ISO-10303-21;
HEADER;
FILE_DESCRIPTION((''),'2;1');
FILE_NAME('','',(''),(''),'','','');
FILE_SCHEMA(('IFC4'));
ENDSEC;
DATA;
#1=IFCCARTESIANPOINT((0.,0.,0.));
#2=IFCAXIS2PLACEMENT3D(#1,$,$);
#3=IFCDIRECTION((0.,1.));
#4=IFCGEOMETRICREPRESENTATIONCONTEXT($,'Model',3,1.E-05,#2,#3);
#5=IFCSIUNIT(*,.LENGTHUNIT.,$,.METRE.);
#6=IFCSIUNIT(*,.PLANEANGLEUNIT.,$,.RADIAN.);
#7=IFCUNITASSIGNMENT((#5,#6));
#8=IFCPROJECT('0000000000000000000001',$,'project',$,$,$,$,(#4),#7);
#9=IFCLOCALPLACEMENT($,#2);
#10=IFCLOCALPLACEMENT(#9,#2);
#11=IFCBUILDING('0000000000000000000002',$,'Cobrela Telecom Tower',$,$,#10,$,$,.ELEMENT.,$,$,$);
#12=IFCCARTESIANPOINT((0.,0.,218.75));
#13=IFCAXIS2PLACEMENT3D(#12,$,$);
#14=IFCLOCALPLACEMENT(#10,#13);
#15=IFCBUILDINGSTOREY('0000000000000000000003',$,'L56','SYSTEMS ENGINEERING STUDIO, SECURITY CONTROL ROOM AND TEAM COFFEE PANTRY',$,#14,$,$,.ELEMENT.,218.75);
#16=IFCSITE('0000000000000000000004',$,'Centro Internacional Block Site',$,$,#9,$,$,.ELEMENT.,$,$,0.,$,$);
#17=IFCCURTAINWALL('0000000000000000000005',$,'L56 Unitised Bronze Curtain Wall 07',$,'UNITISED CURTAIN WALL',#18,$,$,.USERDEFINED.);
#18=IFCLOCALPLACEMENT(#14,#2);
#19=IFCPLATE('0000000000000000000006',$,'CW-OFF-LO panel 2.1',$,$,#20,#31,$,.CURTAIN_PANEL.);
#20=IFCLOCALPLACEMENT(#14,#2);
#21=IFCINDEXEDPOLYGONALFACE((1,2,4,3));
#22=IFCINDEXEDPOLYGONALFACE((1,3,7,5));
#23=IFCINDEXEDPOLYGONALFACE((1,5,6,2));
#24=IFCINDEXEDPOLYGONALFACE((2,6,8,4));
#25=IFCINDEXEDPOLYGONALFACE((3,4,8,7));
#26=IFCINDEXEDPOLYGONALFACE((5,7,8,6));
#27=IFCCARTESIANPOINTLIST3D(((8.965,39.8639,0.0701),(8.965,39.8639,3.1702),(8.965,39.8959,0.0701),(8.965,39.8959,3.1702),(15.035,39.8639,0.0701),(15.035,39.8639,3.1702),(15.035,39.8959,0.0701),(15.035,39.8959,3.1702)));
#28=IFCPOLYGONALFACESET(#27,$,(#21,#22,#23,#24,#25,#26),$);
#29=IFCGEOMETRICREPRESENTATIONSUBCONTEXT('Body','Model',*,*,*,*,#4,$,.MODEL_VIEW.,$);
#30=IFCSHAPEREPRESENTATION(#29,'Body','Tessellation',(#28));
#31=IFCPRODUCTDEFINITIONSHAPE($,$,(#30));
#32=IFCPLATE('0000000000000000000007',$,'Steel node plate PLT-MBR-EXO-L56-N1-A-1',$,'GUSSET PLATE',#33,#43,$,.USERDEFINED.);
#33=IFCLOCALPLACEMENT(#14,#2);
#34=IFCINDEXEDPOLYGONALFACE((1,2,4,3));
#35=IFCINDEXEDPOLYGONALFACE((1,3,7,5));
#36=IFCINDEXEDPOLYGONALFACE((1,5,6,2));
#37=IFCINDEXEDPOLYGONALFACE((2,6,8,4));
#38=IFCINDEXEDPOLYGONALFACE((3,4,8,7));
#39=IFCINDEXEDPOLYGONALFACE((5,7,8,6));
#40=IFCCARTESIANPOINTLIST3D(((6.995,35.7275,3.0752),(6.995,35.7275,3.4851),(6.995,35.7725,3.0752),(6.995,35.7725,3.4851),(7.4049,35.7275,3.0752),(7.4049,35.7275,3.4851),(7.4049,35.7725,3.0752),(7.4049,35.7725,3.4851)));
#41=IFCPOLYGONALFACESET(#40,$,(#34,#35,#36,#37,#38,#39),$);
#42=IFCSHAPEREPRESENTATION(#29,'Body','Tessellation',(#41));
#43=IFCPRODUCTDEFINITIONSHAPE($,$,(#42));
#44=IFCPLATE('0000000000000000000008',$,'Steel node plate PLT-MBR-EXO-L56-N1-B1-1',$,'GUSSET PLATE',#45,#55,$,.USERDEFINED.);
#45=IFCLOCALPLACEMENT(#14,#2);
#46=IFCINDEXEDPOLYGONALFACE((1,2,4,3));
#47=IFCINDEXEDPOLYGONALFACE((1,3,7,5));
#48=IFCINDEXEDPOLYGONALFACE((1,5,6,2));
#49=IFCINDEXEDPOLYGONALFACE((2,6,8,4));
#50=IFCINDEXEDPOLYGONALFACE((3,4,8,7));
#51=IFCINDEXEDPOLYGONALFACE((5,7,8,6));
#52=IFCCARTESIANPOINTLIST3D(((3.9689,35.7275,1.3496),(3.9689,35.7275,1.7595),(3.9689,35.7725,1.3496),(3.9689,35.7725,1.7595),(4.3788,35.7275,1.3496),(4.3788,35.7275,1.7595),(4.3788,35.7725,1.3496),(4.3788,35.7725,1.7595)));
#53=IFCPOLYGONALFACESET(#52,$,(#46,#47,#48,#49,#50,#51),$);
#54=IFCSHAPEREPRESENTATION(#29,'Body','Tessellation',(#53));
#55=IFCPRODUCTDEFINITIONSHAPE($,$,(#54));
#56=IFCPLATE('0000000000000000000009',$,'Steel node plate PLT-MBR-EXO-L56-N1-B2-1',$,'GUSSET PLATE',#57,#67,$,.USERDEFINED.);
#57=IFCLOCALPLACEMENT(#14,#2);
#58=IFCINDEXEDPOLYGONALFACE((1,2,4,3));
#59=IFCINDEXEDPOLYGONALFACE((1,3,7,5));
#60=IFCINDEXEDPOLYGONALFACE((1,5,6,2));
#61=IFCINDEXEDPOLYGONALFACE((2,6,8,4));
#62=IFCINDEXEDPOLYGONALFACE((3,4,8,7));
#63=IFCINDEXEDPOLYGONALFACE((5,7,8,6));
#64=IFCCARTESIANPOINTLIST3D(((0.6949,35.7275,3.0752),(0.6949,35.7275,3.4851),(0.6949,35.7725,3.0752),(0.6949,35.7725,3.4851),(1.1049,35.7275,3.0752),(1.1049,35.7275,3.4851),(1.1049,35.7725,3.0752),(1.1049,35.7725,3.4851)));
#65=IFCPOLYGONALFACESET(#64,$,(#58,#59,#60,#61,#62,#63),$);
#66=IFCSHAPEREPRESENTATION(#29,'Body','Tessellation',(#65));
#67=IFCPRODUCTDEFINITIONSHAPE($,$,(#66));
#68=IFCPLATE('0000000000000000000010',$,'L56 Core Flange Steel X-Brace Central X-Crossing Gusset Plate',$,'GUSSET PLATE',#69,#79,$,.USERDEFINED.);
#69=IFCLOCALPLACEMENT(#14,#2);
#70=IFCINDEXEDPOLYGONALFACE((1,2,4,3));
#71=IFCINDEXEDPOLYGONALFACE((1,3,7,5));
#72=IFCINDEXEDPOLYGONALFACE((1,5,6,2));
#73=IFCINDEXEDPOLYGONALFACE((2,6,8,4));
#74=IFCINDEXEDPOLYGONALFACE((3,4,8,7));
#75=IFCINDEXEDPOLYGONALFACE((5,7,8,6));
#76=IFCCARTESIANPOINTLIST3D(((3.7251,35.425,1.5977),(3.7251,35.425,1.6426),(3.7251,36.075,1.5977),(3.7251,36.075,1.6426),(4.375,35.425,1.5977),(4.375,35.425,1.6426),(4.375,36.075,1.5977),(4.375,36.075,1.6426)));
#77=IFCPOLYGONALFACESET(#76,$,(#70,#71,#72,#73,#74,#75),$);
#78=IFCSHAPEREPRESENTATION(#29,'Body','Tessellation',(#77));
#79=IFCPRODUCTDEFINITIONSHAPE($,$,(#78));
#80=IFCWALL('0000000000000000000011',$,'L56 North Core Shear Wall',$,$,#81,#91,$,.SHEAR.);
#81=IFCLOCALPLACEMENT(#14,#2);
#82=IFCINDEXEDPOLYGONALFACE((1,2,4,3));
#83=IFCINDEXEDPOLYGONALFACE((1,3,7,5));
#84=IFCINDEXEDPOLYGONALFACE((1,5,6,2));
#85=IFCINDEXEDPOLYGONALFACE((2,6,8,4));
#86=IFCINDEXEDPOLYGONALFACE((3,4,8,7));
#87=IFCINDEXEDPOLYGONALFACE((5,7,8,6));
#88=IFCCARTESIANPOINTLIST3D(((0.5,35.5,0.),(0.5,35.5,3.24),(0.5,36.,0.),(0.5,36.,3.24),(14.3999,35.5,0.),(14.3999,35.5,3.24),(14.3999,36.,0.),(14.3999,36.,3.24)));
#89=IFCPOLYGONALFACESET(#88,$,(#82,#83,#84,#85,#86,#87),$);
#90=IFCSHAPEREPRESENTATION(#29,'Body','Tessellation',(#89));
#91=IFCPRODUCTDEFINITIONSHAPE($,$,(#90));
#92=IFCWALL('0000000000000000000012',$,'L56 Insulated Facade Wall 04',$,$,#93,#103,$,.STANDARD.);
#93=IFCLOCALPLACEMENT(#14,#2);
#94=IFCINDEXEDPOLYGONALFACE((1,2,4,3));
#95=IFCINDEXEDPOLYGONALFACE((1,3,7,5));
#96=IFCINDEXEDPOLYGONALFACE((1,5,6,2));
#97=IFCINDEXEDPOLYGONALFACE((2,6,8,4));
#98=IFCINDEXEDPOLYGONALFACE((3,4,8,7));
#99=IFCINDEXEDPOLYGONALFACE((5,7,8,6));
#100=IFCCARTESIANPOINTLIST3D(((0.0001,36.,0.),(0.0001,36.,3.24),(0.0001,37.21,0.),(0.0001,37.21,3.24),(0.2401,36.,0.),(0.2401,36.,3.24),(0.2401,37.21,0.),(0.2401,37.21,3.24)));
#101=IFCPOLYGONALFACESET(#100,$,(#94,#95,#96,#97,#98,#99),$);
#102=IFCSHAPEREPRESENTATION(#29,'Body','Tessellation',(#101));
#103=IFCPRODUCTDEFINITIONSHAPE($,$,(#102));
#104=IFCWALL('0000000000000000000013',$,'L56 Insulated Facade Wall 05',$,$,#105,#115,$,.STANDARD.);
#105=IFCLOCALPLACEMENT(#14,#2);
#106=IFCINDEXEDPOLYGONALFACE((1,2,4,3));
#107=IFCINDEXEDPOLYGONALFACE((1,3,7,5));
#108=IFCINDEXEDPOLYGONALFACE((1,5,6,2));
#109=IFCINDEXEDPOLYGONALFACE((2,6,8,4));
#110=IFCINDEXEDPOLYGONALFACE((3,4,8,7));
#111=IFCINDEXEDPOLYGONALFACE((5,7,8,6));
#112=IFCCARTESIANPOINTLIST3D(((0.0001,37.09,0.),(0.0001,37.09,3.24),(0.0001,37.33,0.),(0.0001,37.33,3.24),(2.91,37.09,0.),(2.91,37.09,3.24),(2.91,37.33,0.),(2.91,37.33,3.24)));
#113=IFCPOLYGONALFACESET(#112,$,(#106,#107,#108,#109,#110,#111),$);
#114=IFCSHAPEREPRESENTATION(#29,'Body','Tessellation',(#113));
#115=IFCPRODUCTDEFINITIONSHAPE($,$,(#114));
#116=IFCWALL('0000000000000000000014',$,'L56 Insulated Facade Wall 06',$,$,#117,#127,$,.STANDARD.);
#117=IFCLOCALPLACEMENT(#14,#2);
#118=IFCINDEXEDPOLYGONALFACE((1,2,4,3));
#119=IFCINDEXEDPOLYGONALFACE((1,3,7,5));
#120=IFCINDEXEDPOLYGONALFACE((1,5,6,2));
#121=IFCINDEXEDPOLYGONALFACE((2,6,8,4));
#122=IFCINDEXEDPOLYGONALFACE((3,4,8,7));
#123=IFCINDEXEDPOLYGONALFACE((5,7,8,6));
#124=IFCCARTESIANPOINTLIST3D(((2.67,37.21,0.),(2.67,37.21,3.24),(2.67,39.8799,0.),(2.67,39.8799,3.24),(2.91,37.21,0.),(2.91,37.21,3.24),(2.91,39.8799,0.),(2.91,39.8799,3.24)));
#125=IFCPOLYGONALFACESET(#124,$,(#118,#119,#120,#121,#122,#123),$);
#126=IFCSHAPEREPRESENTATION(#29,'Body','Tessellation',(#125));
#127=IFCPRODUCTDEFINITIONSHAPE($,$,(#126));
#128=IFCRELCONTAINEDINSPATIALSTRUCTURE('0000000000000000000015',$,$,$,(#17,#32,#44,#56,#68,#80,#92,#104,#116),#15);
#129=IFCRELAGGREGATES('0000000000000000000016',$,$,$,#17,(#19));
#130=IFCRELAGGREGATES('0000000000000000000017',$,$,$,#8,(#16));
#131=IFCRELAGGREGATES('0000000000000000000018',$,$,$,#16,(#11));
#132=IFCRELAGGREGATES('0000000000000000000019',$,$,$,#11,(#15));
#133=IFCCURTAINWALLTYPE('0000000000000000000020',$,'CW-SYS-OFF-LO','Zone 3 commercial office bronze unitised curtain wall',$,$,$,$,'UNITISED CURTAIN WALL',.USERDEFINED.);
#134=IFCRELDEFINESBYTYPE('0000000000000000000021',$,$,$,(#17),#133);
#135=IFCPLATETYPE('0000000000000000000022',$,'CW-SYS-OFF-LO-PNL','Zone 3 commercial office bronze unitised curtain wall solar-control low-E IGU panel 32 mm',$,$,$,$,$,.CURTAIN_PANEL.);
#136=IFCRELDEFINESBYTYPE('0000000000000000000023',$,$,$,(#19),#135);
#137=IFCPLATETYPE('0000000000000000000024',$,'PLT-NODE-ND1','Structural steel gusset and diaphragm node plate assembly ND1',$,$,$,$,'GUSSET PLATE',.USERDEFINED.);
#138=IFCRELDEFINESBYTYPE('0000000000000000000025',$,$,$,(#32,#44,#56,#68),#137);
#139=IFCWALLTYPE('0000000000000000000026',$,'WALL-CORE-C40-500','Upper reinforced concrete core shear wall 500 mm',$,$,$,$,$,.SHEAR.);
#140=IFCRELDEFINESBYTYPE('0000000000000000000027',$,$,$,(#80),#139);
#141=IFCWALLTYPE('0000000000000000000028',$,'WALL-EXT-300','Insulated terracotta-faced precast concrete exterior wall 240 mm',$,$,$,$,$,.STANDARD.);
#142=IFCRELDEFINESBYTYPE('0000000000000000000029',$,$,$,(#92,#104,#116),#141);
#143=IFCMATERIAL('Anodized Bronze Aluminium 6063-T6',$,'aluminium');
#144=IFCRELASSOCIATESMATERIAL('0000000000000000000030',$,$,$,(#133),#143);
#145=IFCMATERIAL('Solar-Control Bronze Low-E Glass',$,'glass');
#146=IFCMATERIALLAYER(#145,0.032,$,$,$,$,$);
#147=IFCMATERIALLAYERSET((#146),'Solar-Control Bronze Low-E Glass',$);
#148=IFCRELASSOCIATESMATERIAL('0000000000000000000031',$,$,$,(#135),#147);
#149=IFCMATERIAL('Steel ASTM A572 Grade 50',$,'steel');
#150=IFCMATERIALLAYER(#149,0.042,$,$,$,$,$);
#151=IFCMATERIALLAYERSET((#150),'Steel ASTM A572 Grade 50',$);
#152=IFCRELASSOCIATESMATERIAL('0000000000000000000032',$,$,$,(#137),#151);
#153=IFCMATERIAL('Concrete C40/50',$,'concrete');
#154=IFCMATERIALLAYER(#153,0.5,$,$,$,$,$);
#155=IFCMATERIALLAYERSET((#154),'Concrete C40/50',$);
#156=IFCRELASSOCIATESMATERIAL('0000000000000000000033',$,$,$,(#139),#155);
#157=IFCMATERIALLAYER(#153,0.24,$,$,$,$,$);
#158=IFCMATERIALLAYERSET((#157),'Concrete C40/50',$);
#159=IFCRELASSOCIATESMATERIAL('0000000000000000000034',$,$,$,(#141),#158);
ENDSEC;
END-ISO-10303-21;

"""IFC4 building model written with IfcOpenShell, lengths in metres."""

from ifc_helpers import new_model, si_unit, direction, frame, frame_2d, origin, origin_2d, place, context, subcontext, project, spatial, rectangle, extrude, material, layer, layer_set, type_object, element, aggregate, save


model = new_model("IFC4")

# Units and contexts
model_context = context("Model", 3, precision=1e-05, world=origin(), true_north=direction((0.0, 1.0)))
body_context = subcontext(model_context, "Body", "Model", "MODEL_VIEW")
ifc_project = project(units=[si_unit("LENGTHUNIT", "METRE"), si_unit("PLANEANGLEUNIT", "RADIAN")], contexts=[model_context])

# Site, building, storey
site_placement = place(None, origin())
site = spatial("IfcSite", under=ifc_project, at=site_placement, Name="Centro Internacional Block Site", CompositionType="ELEMENT", RefElevation=0.0)
building_placement = place(site_placement, origin())
building = spatial("IfcBuilding", under=site, at=building_placement, Name="Cobrela Telecom Tower", CompositionType="ELEMENT")
storey_placement = place(building_placement, frame((0.0, 0.0, 218.75)))
storey = spatial("IfcBuildingStorey", under=building, at=storey_placement, Name="L56", Description="SYSTEMS ENGINEERING STUDIO, SECURITY CONTROL ROOM AND TEAM COFFEE PANTRY", CompositionType="ELEMENT", Elevation=218.75)

# Shared definitions
ifc_material_1 = material(Name="Steel ASTM A572 Grade 50", Category="steel")

# Curtain wall
ifc_material_2 = material(Name="Anodized Bronze Aluminium 6063-T6", Category="aluminium")
curtain_wall_type = type_object("IfcCurtainWallType", Name="CW-SYS-OFF-LO", Description="Zone 3 commercial office bronze unitised curtain wall", ElementType="UNITISED CURTAIN WALL", PredefinedType="USERDEFINED", material=ifc_material_2)
curtain_wall_placement = place(storey_placement, origin())
curtain_wall = element("IfcCurtainWall", 1, at=curtain_wall_placement, inside=storey, type_object=curtain_wall_type, Name="L56 Unitised Bronze Curtain Wall 07", ObjectType="UNITISED CURTAIN WALL", PredefinedType="USERDEFINED")

# Plate
ifc_material_3 = material(Name="Solar-Control Bronze Low-E Glass", Category="glass")
ifc_layer_1 = layer(ifc_material_3, 0.032)
ifc_layer_set_1 = layer_set([ifc_layer_1], Name="Solar-Control Bronze Low-E Glass")
plate_type_1 = type_object("IfcPlateType", Name="CW-SYS-OFF-LO-PNL", Description="Zone 3 commercial office bronze unitised curtain wall solar-control low-E IGU panel 32 mm", PredefinedType="CURTAIN_PANEL", material=ifc_layer_set_1)
plate_1_placement = place(storey_placement, frame((12.0, 39.8799, 0.0701), z_axis=(0.0, 0.0, 1.0), x_axis=(1.0, 0.0, 0.0)))
plate_1 = element("IfcPlate", 2, at=plate_1_placement, type_object=plate_type_1, Name="CW-OFF-LO panel 2.1", PredefinedType="CURTAIN_PANEL", context=body_context, shape_type="SweptSolid", body=[
    extrude(rectangle(XDim=6.0701, YDim=0.032, at=origin_2d()), origin(), (0.0, 0.0, 1.0), 3.1001),
])
aggregate(curtain_wall, [plate_1])

# Plates
ifc_layer_2 = layer(ifc_material_1, 0.042)
ifc_layer_set_2 = layer_set([ifc_layer_2], Name="Steel ASTM A572 Grade 50")
plate_type_2 = type_object("IfcPlateType", Name="PLT-NODE-ND1", Description="Structural steel gusset and diaphragm node plate assembly ND1", ElementType="GUSSET PLATE", PredefinedType="USERDEFINED", material=ifc_layer_set_2)
for number, where, z_axis, x_axis, name in (
    (3, (7.2, 35.75, 3.0752), (0.0, 0.0, 1.0), (1.0, 0.0, 0.0), "Steel node plate PLT-MBR-EXO-L56-N1-A-1"),
    (4, (4.1738, 35.75, 1.3496), (0.0, 0.0, 1.0), (-1.0, 0.0, 0.0), "Steel node plate PLT-MBR-EXO-L56-N1-B1-1"),
    (5, (0.8999, 35.75, 3.0752), (0.0, 0.0, 1.0), (-1.0, 0.0, 0.0), "Steel node plate PLT-MBR-EXO-L56-N1-B2-1"),
):
    element("IfcPlate", number, at=place(storey_placement, frame(where, z_axis=z_axis, x_axis=x_axis)), inside=storey, type_object=plate_type_2, Name=name, ObjectType="GUSSET PLATE", PredefinedType="USERDEFINED", context=body_context, shape_type="SweptSolid", body=[
        extrude(rectangle(XDim=0.4099, YDim=0.0449, at=origin_2d()), origin(), (0.0, 0.0, 1.0), 0.4099),
    ])
plate_2_placement = place(storey_placement, frame((4.05, 35.75, 1.5977), z_axis=(0.0, 0.0, 1.0), x_axis=(1.0, 0.0, 0.0)))
element("IfcPlate", 6, at=plate_2_placement, inside=storey, type_object=plate_type_2, Name="L56 Core Flange Steel X-Brace Central X-Crossing Gusset Plate", ObjectType="GUSSET PLATE", PredefinedType="USERDEFINED", context=body_context, shape_type="SweptSolid", body=[
    extrude(rectangle(XDim=0.6499, YDim=0.6499, at=origin_2d()), origin(), (0.0, 0.0, 1.0), 0.0449),
])

# Walls
ifc_material_4 = material(Name="Concrete C40/50", Category="concrete")
ifc_layer_3 = layer(ifc_material_4, 0.5)
ifc_layer_set_3 = layer_set([ifc_layer_3], Name="Concrete C40/50")
wall_type_1 = type_object("IfcWallType", Name="WALL-CORE-C40-500", Description="Upper reinforced concrete core shear wall 500 mm", PredefinedType="SHEAR", material=ifc_layer_set_3)
wall_1_placement = place(storey_placement, frame((0.5, 35.75, 0.0), z_axis=(0.0, 0.0, 1.0), x_axis=(1.0, 0.0, 0.0)))
element("IfcWall", 7, at=wall_1_placement, inside=storey, type_object=wall_type_1, Name="L56 North Core Shear Wall", PredefinedType="SHEAR", context=body_context, shape_type="SweptSolid", body=[
    extrude(rectangle(XDim=13.8999, YDim=0.5, at=frame_2d((6.95, 0.0))), origin(), (0.0, 0.0, 1.0), 3.24),
])
ifc_layer_4 = layer(ifc_material_4, 0.24)
ifc_layer_set_4 = layer_set([ifc_layer_4], Name="Concrete C40/50")
wall_type_2 = type_object("IfcWallType", Name="WALL-EXT-300", Description="Insulated terracotta-faced precast concrete exterior wall 240 mm", PredefinedType="STANDARD", material=ifc_layer_set_4)
wall_2_placement = place(storey_placement, frame((0.1201, 36.0, 0.0), z_axis=(0.0, 0.0, 1.0), x_axis=(0.0, 1.0, 0.0)))
element("IfcWall", 8, at=wall_2_placement, inside=storey, type_object=wall_type_2, Name="L56 Insulated Facade Wall 04", PredefinedType="STANDARD", context=body_context, shape_type="SweptSolid", body=[
    extrude(rectangle(XDim=1.21, YDim=0.24, at=frame_2d((0.605, 0.0))), origin(), (0.0, 0.0, 1.0), 3.24),
])
wall_3_placement = place(storey_placement, frame((0.0, 37.21, 0.0), z_axis=(0.0, 0.0, 1.0), x_axis=(1.0, 0.0, 0.0)))
element("IfcWall", 9, at=wall_3_placement, inside=storey, type_object=wall_type_2, Name="L56 Insulated Facade Wall 05", PredefinedType="STANDARD", context=body_context, shape_type="SweptSolid", body=[
    extrude(rectangle(XDim=2.9099, YDim=0.24, at=frame_2d((1.4551, 0.0))), origin(), (0.0, 0.0, 1.0), 3.24),
])
wall_4_placement = place(storey_placement, frame((2.79, 37.21, 0.0), z_axis=(0.0, 0.0, 1.0), x_axis=(0.0, 1.0, 0.0)))
element("IfcWall", 10, at=wall_4_placement, inside=storey, type_object=wall_type_2, Name="L56 Insulated Facade Wall 06", PredefinedType="STANDARD", context=body_context, shape_type="SweptSolid", body=[
    extrude(rectangle(XDim=2.6699, YDim=0.24, at=frame_2d((1.335, 0.0))), origin(), (0.0, 0.0, 1.0), 3.24),
])

save(model, "model.ifc")
